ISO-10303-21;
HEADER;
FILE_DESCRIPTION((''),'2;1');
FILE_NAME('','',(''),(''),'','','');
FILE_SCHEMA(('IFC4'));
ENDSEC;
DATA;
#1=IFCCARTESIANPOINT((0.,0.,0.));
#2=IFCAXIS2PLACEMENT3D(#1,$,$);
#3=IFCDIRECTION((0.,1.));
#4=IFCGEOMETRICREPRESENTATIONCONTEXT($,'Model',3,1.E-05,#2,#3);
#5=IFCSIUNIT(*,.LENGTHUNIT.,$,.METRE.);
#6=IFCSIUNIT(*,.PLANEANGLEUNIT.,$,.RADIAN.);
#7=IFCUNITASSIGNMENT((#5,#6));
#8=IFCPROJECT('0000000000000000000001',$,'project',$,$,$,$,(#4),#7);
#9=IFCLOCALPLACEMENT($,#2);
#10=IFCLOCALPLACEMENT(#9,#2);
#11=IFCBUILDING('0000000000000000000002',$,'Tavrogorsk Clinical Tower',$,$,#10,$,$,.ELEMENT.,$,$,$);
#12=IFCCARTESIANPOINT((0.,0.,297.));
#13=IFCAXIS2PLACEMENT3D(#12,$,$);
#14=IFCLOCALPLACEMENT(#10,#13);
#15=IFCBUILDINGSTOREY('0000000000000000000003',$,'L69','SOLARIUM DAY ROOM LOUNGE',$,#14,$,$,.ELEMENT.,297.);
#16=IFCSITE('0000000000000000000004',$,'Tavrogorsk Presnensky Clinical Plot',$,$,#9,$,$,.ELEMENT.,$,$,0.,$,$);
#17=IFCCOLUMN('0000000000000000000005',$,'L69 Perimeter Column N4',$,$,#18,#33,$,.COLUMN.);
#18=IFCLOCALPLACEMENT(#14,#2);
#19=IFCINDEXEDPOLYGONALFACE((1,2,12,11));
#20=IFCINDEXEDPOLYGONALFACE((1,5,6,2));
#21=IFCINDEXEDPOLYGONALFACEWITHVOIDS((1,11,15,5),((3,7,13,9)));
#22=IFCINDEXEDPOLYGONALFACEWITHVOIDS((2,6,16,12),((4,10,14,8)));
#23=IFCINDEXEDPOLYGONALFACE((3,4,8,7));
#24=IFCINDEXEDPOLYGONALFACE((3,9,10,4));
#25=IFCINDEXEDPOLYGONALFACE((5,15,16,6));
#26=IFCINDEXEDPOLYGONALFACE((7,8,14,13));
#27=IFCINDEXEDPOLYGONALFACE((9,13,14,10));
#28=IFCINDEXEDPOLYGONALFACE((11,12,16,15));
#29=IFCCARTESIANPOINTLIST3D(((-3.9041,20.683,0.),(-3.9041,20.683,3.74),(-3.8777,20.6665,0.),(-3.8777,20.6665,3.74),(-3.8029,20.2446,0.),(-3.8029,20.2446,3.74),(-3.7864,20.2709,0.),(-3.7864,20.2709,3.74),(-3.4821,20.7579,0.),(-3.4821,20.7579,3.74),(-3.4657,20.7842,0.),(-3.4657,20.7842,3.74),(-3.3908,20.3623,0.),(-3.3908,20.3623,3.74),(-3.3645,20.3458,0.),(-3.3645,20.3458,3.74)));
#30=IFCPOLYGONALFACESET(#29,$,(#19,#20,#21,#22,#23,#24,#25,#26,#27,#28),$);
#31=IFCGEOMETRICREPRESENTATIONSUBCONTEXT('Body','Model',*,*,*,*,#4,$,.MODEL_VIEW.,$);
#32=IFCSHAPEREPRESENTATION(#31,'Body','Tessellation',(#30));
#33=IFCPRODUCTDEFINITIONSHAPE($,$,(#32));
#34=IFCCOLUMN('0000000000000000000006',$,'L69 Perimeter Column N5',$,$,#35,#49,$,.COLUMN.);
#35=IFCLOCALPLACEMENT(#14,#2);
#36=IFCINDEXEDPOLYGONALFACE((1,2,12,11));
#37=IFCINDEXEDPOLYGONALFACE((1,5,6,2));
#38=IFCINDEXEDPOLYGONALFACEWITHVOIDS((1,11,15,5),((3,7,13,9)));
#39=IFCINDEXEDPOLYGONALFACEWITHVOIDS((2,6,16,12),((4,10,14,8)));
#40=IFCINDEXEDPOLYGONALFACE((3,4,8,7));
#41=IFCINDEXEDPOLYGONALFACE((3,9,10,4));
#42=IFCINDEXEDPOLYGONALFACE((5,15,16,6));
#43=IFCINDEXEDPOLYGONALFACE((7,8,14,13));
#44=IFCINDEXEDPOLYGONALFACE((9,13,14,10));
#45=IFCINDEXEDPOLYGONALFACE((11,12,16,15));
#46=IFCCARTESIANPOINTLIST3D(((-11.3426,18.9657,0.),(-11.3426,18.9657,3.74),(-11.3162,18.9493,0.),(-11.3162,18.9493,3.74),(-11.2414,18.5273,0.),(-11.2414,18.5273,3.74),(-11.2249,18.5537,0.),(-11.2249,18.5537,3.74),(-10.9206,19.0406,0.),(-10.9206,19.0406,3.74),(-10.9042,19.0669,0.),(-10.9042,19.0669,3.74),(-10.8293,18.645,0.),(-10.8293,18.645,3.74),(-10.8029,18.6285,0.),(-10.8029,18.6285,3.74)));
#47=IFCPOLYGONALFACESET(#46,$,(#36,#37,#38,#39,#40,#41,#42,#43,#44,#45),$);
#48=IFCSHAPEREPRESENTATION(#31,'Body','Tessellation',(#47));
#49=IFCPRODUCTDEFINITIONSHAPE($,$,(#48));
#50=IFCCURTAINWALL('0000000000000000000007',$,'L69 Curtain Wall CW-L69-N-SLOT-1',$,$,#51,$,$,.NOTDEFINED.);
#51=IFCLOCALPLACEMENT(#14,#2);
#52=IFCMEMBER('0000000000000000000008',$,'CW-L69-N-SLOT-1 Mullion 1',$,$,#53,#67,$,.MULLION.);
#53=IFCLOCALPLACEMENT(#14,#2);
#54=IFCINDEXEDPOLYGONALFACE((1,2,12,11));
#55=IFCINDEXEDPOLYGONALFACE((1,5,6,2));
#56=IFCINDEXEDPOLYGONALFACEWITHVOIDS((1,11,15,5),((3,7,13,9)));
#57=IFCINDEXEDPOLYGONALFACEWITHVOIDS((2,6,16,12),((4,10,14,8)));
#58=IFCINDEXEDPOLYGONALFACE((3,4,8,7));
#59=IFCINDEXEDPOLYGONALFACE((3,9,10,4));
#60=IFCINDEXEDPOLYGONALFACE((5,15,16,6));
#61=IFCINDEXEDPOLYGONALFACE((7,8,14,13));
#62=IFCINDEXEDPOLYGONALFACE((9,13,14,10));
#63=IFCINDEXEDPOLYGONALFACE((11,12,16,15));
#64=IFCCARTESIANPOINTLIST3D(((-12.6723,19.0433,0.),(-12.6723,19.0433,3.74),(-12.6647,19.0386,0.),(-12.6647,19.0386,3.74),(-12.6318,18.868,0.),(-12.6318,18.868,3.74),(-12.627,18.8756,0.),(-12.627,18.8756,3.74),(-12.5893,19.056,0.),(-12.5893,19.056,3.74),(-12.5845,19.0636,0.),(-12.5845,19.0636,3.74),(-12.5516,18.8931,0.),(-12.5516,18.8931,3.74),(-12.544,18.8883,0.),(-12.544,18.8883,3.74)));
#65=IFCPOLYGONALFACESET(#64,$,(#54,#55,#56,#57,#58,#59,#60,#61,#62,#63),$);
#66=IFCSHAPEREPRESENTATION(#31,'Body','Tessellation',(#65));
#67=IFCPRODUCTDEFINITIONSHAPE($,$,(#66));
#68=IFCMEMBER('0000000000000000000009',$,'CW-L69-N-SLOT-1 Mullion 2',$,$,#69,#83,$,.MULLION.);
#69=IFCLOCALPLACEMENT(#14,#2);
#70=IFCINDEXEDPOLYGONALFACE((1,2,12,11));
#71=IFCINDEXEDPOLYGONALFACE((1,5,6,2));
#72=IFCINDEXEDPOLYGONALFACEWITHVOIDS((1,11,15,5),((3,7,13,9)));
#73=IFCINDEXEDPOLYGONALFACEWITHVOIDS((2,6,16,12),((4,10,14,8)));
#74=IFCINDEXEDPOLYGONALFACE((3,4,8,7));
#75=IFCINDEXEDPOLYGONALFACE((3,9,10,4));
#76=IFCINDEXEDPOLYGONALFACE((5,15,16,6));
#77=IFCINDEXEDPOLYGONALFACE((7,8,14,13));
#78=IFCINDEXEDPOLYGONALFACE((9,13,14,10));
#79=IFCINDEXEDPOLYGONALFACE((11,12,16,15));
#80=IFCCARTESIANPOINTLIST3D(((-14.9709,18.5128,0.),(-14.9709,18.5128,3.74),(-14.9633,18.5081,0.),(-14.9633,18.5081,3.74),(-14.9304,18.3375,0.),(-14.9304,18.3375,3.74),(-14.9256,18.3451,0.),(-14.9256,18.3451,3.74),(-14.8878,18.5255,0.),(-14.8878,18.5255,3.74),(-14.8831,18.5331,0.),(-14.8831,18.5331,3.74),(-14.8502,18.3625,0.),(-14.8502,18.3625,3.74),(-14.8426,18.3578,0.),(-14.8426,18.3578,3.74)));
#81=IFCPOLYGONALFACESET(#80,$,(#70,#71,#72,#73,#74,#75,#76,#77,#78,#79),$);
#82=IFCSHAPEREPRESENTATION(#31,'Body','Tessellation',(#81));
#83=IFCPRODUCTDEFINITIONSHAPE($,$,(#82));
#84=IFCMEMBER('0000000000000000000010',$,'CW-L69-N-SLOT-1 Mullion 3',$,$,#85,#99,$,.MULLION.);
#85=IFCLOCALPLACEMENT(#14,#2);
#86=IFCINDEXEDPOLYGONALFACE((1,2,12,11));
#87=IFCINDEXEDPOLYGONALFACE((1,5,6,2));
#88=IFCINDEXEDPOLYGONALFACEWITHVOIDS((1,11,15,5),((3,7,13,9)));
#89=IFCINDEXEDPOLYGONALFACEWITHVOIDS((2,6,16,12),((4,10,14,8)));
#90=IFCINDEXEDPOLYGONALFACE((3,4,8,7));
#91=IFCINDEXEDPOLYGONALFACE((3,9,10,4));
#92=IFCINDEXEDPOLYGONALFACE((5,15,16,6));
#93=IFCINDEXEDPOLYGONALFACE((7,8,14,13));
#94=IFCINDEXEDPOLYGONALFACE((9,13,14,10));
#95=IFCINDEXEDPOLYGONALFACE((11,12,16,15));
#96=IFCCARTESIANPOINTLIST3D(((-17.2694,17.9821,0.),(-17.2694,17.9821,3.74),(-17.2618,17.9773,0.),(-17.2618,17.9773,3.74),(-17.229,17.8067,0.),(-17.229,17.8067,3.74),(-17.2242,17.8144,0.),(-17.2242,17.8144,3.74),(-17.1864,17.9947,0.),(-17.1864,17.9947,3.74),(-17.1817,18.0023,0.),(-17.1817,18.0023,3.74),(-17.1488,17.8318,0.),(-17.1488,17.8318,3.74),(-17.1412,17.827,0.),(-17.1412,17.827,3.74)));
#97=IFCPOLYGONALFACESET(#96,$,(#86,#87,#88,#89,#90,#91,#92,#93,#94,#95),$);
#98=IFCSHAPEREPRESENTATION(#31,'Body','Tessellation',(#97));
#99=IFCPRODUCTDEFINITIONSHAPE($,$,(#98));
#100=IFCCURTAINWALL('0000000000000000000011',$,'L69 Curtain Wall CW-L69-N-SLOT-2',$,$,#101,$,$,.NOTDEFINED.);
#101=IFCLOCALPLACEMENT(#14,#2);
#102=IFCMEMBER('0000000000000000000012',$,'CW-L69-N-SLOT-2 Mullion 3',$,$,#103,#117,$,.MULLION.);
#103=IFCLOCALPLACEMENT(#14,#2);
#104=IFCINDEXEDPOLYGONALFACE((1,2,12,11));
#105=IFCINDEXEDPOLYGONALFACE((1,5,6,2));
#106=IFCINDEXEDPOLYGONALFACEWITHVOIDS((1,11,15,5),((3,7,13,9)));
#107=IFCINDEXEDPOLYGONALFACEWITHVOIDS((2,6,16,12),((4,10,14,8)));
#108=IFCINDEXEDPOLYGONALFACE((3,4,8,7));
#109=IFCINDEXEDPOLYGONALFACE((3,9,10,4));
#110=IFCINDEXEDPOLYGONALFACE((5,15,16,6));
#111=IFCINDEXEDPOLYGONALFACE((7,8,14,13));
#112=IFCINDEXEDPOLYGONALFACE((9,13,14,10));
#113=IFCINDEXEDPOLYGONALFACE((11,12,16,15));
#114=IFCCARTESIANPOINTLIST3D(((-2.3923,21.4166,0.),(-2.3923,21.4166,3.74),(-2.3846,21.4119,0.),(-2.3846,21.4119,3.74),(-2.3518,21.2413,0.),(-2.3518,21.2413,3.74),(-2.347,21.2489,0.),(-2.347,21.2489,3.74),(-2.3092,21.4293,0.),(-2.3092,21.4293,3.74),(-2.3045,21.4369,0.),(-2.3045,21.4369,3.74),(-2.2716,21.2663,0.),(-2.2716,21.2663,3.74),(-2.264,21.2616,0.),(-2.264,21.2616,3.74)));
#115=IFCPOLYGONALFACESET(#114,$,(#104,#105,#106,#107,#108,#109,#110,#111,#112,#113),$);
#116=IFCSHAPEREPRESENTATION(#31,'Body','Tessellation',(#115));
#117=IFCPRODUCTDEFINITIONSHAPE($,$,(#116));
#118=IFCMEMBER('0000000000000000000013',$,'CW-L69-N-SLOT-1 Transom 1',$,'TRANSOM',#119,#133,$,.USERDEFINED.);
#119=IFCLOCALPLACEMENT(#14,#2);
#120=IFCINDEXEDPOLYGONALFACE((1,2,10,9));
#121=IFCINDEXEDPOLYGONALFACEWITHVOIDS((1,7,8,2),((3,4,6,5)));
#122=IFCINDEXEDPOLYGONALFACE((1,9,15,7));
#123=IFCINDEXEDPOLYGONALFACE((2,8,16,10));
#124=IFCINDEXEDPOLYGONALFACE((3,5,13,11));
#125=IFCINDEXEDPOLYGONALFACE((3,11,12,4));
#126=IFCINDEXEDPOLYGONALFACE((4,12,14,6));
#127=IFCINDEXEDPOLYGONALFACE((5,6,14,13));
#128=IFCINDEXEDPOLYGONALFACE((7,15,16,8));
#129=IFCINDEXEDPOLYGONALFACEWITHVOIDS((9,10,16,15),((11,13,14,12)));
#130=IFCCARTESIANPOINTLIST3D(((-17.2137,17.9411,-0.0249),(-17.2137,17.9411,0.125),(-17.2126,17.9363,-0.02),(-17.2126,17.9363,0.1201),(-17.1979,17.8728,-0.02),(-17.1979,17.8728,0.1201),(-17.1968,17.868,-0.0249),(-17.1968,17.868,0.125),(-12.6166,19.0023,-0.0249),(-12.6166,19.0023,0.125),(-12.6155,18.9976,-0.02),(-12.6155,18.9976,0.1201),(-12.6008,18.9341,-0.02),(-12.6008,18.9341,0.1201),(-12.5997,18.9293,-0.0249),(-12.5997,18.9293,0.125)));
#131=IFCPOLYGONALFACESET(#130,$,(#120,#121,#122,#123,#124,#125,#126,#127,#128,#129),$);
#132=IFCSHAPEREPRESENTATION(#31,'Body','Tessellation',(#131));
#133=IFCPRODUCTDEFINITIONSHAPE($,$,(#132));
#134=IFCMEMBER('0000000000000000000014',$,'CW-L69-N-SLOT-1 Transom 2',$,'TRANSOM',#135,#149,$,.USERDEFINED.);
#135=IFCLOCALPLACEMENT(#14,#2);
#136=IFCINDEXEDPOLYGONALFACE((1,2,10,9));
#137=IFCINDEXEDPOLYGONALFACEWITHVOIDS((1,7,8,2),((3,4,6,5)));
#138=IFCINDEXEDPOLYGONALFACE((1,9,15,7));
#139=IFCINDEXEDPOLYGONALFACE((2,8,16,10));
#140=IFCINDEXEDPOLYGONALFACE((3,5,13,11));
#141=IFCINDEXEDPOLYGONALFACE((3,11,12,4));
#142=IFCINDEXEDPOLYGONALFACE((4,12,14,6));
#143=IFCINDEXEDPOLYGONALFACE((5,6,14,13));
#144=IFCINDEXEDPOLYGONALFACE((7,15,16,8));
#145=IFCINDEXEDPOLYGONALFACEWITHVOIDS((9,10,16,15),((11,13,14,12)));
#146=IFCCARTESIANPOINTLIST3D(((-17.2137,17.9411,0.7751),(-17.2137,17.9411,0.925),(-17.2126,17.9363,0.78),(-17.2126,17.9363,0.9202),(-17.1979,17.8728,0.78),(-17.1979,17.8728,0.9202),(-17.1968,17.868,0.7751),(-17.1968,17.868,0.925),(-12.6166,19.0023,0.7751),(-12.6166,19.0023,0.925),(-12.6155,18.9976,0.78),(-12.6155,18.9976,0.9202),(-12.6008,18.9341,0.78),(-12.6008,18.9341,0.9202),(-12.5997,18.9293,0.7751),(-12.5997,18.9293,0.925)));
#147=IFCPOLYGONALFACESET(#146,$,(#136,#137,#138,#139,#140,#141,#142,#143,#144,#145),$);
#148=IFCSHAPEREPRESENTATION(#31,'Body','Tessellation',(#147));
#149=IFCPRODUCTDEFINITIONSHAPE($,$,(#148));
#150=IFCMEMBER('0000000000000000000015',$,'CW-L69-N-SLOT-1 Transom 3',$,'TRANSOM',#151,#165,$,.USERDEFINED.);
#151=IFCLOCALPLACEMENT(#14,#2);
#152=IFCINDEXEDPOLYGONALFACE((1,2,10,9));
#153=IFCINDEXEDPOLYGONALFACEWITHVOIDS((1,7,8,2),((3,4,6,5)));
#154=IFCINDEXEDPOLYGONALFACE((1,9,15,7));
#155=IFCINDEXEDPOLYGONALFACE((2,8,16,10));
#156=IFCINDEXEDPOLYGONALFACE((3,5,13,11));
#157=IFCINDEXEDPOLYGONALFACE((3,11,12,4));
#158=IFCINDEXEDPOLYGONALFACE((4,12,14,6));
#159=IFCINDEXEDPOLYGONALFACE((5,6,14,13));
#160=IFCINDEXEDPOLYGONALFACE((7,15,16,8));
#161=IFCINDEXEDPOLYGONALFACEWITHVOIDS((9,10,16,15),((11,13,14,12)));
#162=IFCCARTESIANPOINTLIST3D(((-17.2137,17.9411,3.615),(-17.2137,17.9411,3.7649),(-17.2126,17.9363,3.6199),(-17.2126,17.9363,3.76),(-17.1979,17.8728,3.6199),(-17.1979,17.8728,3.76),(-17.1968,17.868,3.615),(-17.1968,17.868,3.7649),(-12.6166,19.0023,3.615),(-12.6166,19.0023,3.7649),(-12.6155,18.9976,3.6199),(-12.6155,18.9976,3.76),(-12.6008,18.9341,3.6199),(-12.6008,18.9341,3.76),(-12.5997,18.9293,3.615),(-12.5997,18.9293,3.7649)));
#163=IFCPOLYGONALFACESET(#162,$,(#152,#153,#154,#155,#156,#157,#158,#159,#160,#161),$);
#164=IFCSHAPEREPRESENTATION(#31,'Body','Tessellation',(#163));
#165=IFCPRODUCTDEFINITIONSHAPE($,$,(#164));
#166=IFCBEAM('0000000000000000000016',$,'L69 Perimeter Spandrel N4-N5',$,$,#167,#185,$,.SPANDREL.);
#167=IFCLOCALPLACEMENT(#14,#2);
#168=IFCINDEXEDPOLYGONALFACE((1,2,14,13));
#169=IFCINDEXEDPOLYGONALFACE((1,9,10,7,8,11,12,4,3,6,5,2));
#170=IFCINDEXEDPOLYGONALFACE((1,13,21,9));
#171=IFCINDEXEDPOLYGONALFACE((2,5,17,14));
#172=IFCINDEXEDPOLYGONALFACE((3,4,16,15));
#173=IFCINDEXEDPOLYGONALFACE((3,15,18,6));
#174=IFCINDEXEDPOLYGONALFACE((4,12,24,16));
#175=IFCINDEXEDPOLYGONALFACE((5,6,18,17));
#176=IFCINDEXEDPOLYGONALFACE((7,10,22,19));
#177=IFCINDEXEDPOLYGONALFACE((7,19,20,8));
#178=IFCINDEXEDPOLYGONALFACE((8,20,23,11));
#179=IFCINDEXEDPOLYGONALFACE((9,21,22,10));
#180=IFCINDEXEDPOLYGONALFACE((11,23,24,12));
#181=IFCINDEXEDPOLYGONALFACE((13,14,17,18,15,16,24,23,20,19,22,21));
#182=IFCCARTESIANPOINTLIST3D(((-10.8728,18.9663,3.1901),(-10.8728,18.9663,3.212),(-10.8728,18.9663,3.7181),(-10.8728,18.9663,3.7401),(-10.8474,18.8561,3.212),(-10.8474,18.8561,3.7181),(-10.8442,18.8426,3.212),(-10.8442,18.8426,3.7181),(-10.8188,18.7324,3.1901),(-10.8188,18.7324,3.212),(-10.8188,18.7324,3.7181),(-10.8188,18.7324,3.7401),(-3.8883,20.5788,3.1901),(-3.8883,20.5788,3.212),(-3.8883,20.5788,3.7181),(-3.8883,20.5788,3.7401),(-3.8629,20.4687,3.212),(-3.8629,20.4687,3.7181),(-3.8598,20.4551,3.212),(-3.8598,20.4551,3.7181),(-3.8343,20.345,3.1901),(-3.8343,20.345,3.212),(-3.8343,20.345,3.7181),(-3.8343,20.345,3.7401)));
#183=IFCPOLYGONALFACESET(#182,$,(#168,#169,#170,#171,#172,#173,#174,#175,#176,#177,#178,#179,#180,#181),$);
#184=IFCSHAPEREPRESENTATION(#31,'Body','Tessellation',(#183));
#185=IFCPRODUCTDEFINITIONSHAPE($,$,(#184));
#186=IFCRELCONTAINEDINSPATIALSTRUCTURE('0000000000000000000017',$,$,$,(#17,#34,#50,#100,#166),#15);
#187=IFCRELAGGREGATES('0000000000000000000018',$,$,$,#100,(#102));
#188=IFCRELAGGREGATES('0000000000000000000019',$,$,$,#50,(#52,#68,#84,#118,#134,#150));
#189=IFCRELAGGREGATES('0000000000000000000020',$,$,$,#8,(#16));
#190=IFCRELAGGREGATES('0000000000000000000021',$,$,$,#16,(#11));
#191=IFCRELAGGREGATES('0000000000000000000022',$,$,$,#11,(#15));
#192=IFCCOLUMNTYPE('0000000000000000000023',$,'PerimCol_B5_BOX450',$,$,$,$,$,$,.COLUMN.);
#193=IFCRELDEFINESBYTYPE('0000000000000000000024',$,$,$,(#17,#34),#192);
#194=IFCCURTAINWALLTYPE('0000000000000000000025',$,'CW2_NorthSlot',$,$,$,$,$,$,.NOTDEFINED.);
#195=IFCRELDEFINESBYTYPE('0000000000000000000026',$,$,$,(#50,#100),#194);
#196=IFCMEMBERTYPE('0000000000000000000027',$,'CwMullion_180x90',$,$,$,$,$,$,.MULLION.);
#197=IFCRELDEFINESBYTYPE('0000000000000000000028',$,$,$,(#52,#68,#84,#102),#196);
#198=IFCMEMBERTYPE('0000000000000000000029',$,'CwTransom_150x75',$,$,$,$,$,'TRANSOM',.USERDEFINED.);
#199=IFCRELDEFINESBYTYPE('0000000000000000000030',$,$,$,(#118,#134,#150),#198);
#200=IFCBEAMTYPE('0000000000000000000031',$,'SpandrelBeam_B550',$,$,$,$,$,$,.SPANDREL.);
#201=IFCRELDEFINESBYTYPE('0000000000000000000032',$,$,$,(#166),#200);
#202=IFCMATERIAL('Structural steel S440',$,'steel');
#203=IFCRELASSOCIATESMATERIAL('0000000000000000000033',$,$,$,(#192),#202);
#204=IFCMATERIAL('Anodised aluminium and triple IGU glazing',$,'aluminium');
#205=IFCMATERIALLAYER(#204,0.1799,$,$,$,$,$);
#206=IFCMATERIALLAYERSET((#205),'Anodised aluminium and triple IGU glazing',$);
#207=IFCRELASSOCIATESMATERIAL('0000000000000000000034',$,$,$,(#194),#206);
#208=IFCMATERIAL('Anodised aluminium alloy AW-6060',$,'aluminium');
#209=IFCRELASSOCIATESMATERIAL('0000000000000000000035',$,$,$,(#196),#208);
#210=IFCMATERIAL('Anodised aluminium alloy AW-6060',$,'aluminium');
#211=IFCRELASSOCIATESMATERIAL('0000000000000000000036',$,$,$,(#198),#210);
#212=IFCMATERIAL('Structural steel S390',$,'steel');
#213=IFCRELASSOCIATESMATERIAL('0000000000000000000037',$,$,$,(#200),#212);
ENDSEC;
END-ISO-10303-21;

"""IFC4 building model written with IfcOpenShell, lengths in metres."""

from ifc_helpers import new_model, si_unit, direction, frame, origin, origin_2d, place, context, subcontext, project, spatial, hollow_rectangle, i_section, extrude, material, layer, layer_set, material_profile, profile_set, type_object, element, aggregate, save


model = new_model("IFC4")

# Units and contexts
model_context = context("Model", 3, precision=1e-05, world=origin(), true_north=direction((0.0, 1.0)))
body_context = subcontext(model_context, "Body", "Model", "MODEL_VIEW")
ifc_project = project(units=[si_unit("LENGTHUNIT", "METRE"), si_unit("PLANEANGLEUNIT", "RADIAN")], contexts=[model_context])

# Site, building, storey
site_placement = place(None, origin())
site = spatial("IfcSite", under=ifc_project, at=site_placement, Name="Tavrogorsk Presnensky Clinical Plot", CompositionType="ELEMENT", RefElevation=0.0)
building_placement = place(site_placement, origin())
building = spatial("IfcBuilding", under=site, at=building_placement, Name="Tavrogorsk Clinical Tower", CompositionType="ELEMENT")
storey_placement = place(building_placement, frame((0.0, 0.0, 297.0)))
storey = spatial("IfcBuildingStorey", under=building, at=storey_placement, Name="L69", Description="SOLARIUM DAY ROOM LOUNGE", CompositionType="ELEMENT", Elevation=297.0)

# Columns
ifc_material_1 = material(Name="Structural steel S440", Category="steel")
ifc_material_profile_1 = material_profile(ifc_material_1, hollow_rectangle(XDim=0.45, YDim=0.45, WallThickness=0.022, at=origin_2d()), Name="BOX-450x450x22")
ifc_profile_set_1 = profile_set([ifc_material_profile_1], Name="Structural steel S440")
column_type = type_object("IfcColumnType", Name="PerimCol_B5_BOX450", PredefinedType="COLUMN", material=ifc_profile_set_1)
for number, where, z_axis, x_axis, name in (
    (1, (-3.6343, 20.5144, 0.0), (0.0, 0.0, 1.0), (0.97437, 0.224951, 0.0), "L69 Perimeter Column N4"),
    (2, (-11.0728, 18.7971, 0.0), (0.0, 0.0, 1.0), (0.97437, 0.224951, 0.0), "L69 Perimeter Column N5"),
):
    element("IfcColumn", number, at=place(storey_placement, frame(where, z_axis=z_axis, x_axis=x_axis)), inside=storey, type_object=column_type, Name=name, PredefinedType="COLUMN", context=body_context, shape_type="SweptSolid", body=[
        extrude(hollow_rectangle(XDim=0.45, YDim=0.45, WallThickness=0.022, at=origin_2d()), origin(), (0.0, 0.0, 1.0), 3.74),
    ])

# Curtain wall, members
ifc_material_2 = material(Name="Anodised aluminium and triple IGU glazing", Category="aluminium")
ifc_layer_1 = layer(ifc_material_2, 0.1799)
ifc_layer_set_1 = layer_set([ifc_layer_1], Name="Anodised aluminium and triple IGU glazing")
curtain_wall_type = type_object("IfcCurtainWallType", Name="CW2_NorthSlot", PredefinedType="NOTDEFINED", material=ifc_layer_set_1)
curtain_wall_1_placement = place(storey_placement, origin())
curtain_wall_1 = element("IfcCurtainWall", 3, at=curtain_wall_1_placement, inside=storey, type_object=curtain_wall_type, Name="L69 Curtain Wall CW-L69-N-SLOT-1", PredefinedType="NOTDEFINED")
ifc_material_3 = material(Name="Anodised aluminium alloy AW-6060", Category="aluminium")
ifc_material_profile_2 = material_profile(ifc_material_3, hollow_rectangle(XDim=0.0901, YDim=0.1799, WallThickness=0.0063, at=origin_2d()), Name="RHS-180x90x6.3")
ifc_profile_set_2 = profile_set([ifc_material_profile_2], Name="Anodised aluminium alloy AW-6060")
member_type_1 = type_object("IfcMemberType", Name="CwMullion_180x90", PredefinedType="MULLION", material=ifc_profile_set_2)
member_1_placement = place(storey_placement, frame((-12.6082, 18.9658, 0.0), z_axis=(0.0, 0.0, 1.0), x_axis=(-0.97437, -0.224951, 0.0)))
member_1 = element("IfcMember", 4, at=member_1_placement, type_object=member_type_1, Name="CW-L69-N-SLOT-1 Mullion 1", PredefinedType="MULLION", context=body_context, shape_type="SweptSolid", body=[
    extrude(hollow_rectangle(XDim=0.0901, YDim=0.1799, WallThickness=0.0063, at=origin_2d()), origin(), (0.0, 0.0, 1.0), 3.74),
])
member_2_placement = place(storey_placement, frame((-14.9067, 18.4353, 0.0), z_axis=(0.0, 0.0, 1.0), x_axis=(-0.97437, -0.224951, 0.0)))
member_2 = element("IfcMember", 5, at=member_2_placement, type_object=member_type_1, Name="CW-L69-N-SLOT-1 Mullion 2", PredefinedType="MULLION", context=body_context, shape_type="SweptSolid", body=[
    extrude(hollow_rectangle(XDim=0.0901, YDim=0.1799, WallThickness=0.0063, at=origin_2d()), origin(), (0.0, 0.0, 1.0), 3.74),
])
member_3_placement = place(storey_placement, frame((-17.2053, 17.9045, 0.0), z_axis=(0.0, 0.0, 1.0), x_axis=(-0.97437, -0.224951, 0.0)))
member_3 = element("IfcMember", 6, at=member_3_placement, type_object=member_type_1, Name="CW-L69-N-SLOT-1 Mullion 3", PredefinedType="MULLION", context=body_context, shape_type="SweptSolid", body=[
    extrude(hollow_rectangle(XDim=0.0901, YDim=0.1799, WallThickness=0.0063, at=origin_2d()), origin(), (0.0, 0.0, 1.0), 3.74),
])

# Curtain wall, member
curtain_wall_2_placement = place(storey_placement, origin())
curtain_wall_2 = element("IfcCurtainWall", 7, at=curtain_wall_2_placement, inside=storey, type_object=curtain_wall_type, Name="L69 Curtain Wall CW-L69-N-SLOT-2", PredefinedType="NOTDEFINED")
member_4_placement = place(storey_placement, frame((-2.3281, 21.3391, 0.0), z_axis=(0.0, 0.0, 1.0), x_axis=(-0.97437, -0.224951, 0.0)))
member_4 = element("IfcMember", 8, at=member_4_placement, type_object=member_type_1, Name="CW-L69-N-SLOT-2 Mullion 3", PredefinedType="MULLION", context=body_context, shape_type="SweptSolid", body=[
    extrude(hollow_rectangle(XDim=0.0901, YDim=0.1799, WallThickness=0.0063, at=origin_2d()), origin(), (0.0, 0.0, 1.0), 3.74),
])
aggregate(curtain_wall_2, [member_4])

# Members
ifc_material_4 = material(Name="Anodised aluminium alloy AW-6060", Category="aluminium")
ifc_material_profile_3 = material_profile(ifc_material_4, hollow_rectangle(XDim=0.075, YDim=0.1499, WallThickness=0.0049, at=origin_2d()), Name="RHS-150x75x5")
ifc_profile_set_3 = profile_set([ifc_material_profile_3], Name="Anodised aluminium alloy AW-6060")
member_type_2 = type_object("IfcMemberType", Name="CwTransom_150x75", ElementType="TRANSOM", PredefinedType="USERDEFINED", material=ifc_profile_set_3)
member_5_placement = place(storey_placement, frame((-12.6082, 18.9658, 0.05), z_axis=(-0.974373, -0.224939, 0.0), x_axis=(0.224939, -0.974373, 0.0)))
member_5 = element("IfcMember", 9, at=member_5_placement, type_object=member_type_2, Name="CW-L69-N-SLOT-1 Transom 1", ObjectType="TRANSOM", PredefinedType="USERDEFINED", context=body_context, shape_type="SweptSolid", body=[
    extrude(hollow_rectangle(XDim=0.075, YDim=0.1499, WallThickness=0.0049, at=origin_2d()), origin(), (0.0, 0.0, 1.0), 4.718),
])
member_6_placement = place(storey_placement, frame((-12.6082, 18.9658, 0.8501), z_axis=(-0.974373, -0.224939, 0.0), x_axis=(0.224939, -0.974373, 0.0)))
member_6 = element("IfcMember", 10, at=member_6_placement, type_object=member_type_2, Name="CW-L69-N-SLOT-1 Transom 2", ObjectType="TRANSOM", PredefinedType="USERDEFINED", context=body_context, shape_type="SweptSolid", body=[
    extrude(hollow_rectangle(XDim=0.075, YDim=0.1499, WallThickness=0.0049, at=origin_2d()), origin(), (0.0, 0.0, 1.0), 4.718),
])
member_7_placement = place(storey_placement, frame((-12.6082, 18.9658, 3.6899), z_axis=(-0.974373, -0.224939, 0.0), x_axis=(0.224939, -0.974373, 0.0)))
member_7 = element("IfcMember", 11, at=member_7_placement, type_object=member_type_2, Name="CW-L69-N-SLOT-1 Transom 3", ObjectType="TRANSOM", PredefinedType="USERDEFINED", context=body_context, shape_type="SweptSolid", body=[
    extrude(hollow_rectangle(XDim=0.075, YDim=0.1499, WallThickness=0.0049, at=origin_2d()), origin(), (0.0, 0.0, 1.0), 4.718),
])

# Beam
ifc_material_5 = material(Name="Structural steel S390", Category="steel")
ifc_material_profile_4 = material_profile(ifc_material_5, i_section(OverallWidth=0.24, OverallDepth=0.55, WebThickness=0.0139, FlangeThickness=0.022, at=origin_2d()), Name="B-550x240x14x22")
ifc_profile_set_4 = profile_set([ifc_material_profile_4], Name="Structural steel S390")
beam_type = type_object("IfcBeamType", Name="SpandrelBeam_B550", PredefinedType="SPANDREL", material=ifc_profile_set_4)
for number, where, z_axis, x_axis, name in (
    (12, (-3.8613, 20.4619, 3.4651), (-0.974368, -0.224961, 0.0), (0.224961, -0.974368, 0.0), "L69 Perimeter Spandrel N4-N5"),
):
    element("IfcBeam", number, at=place(storey_placement, frame(where, z_axis=z_axis, x_axis=x_axis)), inside=storey, type_object=beam_type, Name=name, PredefinedType="SPANDREL", context=body_context, shape_type="SweptSolid", body=[
        extrude(i_section(OverallWidth=0.24, OverallDepth=0.55, WebThickness=0.0139, FlangeThickness=0.022, at=origin_2d()), origin(), (0.0, 0.0, 1.0), 7.1682),
    ])

aggregate(curtain_wall_1, [member_1, member_2, member_3, member_5, member_6, member_7])

save(model, "model.ifc")
